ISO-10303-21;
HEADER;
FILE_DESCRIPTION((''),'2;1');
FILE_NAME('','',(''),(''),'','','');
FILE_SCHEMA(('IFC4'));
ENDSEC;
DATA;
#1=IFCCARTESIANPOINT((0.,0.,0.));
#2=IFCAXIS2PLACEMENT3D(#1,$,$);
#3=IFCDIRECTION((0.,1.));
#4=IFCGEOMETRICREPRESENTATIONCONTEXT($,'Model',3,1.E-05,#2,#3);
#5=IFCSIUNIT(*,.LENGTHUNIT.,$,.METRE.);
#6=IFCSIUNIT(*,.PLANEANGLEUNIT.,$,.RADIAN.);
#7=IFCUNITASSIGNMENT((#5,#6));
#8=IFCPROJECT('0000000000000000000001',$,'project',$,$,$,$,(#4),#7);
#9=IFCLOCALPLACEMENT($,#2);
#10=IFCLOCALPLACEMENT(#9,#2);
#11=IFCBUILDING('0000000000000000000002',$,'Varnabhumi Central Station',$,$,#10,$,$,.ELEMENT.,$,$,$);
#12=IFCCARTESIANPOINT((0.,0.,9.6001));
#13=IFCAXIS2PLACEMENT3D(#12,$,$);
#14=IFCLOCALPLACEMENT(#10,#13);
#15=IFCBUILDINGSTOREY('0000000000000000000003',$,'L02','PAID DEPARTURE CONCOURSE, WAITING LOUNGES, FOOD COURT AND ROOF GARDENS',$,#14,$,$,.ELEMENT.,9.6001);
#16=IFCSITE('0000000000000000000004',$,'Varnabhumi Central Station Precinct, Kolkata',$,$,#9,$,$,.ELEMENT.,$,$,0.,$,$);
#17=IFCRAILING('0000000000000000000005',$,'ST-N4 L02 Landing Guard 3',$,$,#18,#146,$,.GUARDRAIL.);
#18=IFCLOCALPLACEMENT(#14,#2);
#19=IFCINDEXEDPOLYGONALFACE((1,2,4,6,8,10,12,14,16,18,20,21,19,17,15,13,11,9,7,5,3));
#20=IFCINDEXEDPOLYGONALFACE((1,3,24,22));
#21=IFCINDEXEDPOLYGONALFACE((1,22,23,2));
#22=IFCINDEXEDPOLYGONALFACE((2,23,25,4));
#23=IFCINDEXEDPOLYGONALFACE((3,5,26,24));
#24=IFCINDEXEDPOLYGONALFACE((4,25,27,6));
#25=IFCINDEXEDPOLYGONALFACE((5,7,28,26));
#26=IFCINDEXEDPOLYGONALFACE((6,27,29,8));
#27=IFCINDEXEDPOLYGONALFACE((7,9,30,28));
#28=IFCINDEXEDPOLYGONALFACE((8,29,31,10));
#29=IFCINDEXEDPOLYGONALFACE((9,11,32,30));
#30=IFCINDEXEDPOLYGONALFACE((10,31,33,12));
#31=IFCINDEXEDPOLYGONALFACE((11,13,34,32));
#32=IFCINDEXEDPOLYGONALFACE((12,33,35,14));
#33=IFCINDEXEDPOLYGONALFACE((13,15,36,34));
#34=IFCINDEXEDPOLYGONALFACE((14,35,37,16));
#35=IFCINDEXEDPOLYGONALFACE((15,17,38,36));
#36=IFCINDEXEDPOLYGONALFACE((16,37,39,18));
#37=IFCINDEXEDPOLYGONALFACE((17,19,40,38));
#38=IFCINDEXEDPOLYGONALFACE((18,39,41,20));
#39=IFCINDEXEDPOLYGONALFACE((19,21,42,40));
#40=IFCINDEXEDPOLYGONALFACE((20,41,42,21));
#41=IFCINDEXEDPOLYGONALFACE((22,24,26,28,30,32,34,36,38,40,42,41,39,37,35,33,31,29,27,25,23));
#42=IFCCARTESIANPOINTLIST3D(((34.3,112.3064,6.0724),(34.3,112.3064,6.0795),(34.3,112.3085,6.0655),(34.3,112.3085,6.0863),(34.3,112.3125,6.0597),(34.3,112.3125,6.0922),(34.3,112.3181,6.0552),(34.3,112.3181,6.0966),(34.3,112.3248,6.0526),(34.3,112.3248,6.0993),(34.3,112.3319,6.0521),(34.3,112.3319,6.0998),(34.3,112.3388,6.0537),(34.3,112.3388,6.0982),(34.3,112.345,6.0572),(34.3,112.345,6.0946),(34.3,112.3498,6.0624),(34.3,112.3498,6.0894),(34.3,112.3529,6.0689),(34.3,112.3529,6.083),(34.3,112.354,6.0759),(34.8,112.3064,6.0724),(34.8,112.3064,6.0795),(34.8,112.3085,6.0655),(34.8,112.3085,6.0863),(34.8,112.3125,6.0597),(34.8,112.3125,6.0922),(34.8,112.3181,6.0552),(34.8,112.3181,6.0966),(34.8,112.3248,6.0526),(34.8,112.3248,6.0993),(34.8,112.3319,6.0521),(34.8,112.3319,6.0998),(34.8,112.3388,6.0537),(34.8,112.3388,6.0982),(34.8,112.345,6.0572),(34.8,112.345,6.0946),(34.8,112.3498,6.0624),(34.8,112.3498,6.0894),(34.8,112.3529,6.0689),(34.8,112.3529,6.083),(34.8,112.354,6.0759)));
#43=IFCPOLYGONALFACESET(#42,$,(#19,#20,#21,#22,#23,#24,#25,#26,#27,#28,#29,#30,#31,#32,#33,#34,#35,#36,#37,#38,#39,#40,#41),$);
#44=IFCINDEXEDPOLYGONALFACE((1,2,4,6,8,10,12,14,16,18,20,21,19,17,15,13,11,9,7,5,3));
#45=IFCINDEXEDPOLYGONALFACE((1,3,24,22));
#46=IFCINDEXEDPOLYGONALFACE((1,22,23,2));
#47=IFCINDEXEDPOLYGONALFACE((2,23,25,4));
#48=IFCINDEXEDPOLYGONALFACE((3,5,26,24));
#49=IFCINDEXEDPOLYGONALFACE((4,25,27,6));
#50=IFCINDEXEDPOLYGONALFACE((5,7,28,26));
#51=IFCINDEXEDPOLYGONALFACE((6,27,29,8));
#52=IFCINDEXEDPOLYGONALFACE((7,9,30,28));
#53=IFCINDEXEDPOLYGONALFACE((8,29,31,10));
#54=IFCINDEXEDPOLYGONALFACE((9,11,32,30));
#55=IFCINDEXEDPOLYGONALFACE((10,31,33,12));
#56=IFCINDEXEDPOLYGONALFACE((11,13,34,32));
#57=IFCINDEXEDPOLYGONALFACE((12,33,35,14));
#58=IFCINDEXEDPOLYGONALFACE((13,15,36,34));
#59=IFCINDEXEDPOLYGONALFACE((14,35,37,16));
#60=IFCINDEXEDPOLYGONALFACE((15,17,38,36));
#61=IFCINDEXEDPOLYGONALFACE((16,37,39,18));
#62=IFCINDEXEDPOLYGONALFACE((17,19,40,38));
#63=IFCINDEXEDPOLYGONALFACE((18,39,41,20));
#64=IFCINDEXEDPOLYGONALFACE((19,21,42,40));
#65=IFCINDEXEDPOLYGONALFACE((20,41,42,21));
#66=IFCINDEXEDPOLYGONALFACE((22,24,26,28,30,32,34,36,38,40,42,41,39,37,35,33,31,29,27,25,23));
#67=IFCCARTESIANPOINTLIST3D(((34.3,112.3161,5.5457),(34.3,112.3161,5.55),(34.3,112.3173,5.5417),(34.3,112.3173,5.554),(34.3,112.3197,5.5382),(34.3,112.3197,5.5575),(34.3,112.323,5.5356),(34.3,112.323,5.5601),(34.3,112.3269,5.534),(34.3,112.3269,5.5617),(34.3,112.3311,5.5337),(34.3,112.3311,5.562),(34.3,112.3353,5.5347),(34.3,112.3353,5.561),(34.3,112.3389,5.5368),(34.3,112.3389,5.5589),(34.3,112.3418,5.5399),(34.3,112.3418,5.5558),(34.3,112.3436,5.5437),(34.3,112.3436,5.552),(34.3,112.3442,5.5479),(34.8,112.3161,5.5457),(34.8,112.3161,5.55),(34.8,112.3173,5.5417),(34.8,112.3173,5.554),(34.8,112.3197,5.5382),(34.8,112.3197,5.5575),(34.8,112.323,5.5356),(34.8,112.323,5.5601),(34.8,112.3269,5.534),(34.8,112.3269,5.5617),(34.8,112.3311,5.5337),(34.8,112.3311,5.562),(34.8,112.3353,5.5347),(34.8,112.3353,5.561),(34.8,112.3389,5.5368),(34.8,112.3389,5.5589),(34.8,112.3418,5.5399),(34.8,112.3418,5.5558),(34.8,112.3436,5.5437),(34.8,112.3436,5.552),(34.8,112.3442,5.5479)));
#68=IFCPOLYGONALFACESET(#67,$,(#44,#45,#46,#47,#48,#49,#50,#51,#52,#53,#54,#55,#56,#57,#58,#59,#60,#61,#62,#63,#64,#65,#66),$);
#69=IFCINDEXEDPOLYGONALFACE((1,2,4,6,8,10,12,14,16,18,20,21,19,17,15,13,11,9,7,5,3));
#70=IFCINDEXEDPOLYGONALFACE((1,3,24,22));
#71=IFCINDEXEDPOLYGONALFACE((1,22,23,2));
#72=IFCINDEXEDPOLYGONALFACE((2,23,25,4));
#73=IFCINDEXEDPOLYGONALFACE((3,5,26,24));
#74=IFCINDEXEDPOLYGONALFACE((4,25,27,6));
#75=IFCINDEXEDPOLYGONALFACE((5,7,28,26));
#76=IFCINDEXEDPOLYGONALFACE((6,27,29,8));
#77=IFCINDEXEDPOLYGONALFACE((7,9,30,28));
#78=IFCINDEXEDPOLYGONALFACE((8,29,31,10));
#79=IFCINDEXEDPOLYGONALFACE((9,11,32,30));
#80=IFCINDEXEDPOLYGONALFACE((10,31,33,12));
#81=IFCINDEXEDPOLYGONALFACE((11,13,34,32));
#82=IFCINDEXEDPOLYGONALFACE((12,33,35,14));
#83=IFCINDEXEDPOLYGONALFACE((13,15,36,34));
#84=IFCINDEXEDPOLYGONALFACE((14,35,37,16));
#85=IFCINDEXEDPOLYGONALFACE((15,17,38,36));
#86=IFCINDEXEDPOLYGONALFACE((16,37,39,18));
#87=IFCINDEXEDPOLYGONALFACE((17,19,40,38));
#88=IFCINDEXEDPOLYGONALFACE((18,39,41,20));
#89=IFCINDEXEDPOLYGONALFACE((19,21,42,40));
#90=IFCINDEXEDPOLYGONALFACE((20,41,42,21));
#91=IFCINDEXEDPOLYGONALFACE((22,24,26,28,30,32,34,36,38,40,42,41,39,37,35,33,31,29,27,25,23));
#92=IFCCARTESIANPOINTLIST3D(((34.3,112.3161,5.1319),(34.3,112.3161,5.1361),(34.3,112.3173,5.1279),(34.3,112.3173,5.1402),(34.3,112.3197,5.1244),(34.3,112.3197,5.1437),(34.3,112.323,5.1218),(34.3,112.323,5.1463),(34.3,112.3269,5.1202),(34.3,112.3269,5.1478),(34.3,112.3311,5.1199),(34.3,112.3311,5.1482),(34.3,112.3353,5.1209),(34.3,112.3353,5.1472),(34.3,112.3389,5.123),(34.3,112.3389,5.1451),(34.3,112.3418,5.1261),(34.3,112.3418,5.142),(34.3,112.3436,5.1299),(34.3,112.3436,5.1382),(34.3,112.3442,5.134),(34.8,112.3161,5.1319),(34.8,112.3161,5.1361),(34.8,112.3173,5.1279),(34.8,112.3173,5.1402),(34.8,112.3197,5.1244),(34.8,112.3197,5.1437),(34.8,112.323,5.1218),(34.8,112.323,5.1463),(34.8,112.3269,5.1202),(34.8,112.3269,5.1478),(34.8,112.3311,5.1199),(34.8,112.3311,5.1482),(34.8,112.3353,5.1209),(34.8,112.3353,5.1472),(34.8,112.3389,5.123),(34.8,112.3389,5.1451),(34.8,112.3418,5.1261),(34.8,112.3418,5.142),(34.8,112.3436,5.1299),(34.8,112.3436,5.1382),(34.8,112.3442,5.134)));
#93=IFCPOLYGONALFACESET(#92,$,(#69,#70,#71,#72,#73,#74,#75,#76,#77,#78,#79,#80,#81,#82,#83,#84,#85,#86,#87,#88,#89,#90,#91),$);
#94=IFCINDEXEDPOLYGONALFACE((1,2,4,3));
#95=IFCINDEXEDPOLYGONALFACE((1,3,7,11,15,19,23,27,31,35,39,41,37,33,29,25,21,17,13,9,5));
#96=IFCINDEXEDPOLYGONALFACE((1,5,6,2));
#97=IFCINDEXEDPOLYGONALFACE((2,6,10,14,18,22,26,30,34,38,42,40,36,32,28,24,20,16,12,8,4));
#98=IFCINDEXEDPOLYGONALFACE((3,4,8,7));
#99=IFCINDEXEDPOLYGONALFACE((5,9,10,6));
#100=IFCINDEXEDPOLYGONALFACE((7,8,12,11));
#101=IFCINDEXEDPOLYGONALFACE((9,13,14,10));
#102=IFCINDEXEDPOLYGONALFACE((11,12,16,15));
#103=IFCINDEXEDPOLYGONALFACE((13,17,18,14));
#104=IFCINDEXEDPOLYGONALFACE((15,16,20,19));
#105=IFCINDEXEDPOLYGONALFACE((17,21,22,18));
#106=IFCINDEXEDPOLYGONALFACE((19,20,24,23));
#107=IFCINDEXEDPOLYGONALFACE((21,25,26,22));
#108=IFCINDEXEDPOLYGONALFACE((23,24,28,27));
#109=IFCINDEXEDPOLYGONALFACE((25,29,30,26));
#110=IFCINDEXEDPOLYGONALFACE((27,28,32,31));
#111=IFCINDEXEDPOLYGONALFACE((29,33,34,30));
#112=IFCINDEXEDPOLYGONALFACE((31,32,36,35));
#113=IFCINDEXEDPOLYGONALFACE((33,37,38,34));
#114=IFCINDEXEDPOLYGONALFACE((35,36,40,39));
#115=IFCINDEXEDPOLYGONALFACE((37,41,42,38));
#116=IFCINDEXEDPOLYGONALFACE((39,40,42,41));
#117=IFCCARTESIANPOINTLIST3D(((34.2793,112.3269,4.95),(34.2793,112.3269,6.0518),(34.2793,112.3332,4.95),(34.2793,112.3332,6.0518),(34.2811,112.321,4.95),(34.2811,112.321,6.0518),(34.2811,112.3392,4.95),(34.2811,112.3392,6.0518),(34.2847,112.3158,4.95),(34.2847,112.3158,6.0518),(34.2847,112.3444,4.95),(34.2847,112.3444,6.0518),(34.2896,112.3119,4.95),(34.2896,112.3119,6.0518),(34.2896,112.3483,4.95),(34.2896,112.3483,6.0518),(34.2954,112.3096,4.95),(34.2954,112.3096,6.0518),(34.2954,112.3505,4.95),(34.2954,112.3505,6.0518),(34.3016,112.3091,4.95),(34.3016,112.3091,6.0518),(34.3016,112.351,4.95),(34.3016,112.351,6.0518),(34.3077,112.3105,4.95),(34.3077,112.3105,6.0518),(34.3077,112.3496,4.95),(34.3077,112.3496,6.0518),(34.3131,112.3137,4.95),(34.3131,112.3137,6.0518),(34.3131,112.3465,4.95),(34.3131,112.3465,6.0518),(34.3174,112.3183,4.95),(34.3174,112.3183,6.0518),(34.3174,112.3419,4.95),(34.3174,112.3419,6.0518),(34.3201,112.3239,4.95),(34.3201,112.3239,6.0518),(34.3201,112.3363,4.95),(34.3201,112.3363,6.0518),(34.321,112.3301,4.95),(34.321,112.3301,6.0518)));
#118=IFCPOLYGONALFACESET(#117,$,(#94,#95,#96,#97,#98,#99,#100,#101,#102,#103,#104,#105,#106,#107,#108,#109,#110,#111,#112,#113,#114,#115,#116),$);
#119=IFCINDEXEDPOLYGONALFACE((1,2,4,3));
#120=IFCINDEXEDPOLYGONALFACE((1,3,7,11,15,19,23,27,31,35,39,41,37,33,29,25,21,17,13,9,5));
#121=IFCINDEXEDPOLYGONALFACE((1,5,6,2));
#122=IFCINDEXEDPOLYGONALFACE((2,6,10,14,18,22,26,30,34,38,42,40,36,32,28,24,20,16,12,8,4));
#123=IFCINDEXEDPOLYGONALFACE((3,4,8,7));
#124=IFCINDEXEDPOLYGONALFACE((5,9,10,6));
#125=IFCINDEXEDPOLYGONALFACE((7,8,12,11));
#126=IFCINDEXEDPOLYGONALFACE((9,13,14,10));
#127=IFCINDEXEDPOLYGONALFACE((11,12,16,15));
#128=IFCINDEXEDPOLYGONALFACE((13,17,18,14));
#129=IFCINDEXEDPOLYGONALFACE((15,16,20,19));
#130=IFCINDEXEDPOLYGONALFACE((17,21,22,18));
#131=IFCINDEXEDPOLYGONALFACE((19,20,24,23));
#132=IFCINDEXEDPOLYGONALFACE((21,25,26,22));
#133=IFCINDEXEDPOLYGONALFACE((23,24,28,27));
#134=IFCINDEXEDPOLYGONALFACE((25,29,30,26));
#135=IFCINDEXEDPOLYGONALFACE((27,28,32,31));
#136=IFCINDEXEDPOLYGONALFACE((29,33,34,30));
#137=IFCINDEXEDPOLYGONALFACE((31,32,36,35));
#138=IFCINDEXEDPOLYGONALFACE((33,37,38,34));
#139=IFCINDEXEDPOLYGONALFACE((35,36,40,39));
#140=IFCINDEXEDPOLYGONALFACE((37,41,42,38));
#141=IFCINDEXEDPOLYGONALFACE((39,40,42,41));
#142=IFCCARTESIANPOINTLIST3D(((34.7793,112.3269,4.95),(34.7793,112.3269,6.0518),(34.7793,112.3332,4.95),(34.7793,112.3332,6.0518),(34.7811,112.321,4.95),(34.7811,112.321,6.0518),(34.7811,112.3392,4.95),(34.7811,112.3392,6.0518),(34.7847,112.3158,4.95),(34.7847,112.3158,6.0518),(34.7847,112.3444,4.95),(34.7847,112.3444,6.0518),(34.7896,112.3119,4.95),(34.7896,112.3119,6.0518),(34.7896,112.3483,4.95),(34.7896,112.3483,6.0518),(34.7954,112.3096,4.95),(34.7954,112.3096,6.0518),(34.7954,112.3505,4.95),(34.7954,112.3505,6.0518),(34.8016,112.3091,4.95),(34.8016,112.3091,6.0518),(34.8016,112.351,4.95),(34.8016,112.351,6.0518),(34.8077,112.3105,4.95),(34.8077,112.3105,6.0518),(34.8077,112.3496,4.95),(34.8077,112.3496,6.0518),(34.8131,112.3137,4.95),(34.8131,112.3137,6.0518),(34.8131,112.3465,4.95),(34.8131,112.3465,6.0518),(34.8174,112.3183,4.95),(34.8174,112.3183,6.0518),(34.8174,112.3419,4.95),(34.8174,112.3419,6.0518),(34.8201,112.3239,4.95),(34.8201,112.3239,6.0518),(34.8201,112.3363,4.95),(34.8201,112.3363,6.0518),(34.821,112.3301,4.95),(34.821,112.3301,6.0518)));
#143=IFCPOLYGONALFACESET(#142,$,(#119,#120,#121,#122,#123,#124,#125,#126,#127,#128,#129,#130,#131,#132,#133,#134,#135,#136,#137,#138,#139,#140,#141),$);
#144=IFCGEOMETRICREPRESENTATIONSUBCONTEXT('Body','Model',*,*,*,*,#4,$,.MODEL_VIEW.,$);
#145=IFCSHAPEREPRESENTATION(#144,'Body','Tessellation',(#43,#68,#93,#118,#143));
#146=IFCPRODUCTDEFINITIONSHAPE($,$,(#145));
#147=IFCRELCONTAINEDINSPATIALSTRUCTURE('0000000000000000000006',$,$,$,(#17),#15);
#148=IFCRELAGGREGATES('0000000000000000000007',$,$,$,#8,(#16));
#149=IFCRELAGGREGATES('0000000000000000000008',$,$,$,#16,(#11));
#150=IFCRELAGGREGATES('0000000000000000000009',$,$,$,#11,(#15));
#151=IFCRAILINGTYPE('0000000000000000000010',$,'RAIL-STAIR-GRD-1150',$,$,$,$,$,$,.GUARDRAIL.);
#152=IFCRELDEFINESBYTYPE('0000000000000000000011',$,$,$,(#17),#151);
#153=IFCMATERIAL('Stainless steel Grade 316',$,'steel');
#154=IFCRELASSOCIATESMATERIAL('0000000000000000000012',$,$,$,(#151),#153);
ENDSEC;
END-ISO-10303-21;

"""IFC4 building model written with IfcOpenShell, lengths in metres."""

from ifc_helpers import new_model, si_unit, direction, frame, origin, origin_2d, place, context, subcontext, project, spatial, circle, extrude, material, type_object, element, save


model = new_model("IFC4")

# Units and contexts
model_context = context("Model", 3, precision=1e-05, world=origin(), true_north=direction((0.0, 1.0)))
body_context = subcontext(model_context, "Body", "Model", "MODEL_VIEW")
ifc_project = project(units=[si_unit("LENGTHUNIT", "METRE"), si_unit("PLANEANGLEUNIT", "RADIAN")], contexts=[model_context])

# Site, building, storey
site_placement = place(None, origin())
site = spatial("IfcSite", under=ifc_project, at=site_placement, Name="Varnabhumi Central Station Precinct, Kolkata", CompositionType="ELEMENT", RefElevation=0.0)
building_placement = place(site_placement, origin())
building = spatial("IfcBuilding", under=site, at=building_placement, Name="Varnabhumi Central Station", CompositionType="ELEMENT")
storey_placement = place(building_placement, frame((0.0, 0.0, 9.6001)))
storey = spatial("IfcBuildingStorey", under=building, at=storey_placement, Name="L02", Description="PAID DEPARTURE CONCOURSE, WAITING LOUNGES, FOOD COURT AND ROOF GARDENS", CompositionType="ELEMENT", Elevation=9.6001)

# Shared definitions
ifc_material_1 = material(Name="Stainless steel Grade 316", Category="steel")

# Railing
railing_type_1 = type_object("IfcRailingType", Name="RAIL-STAIR-GRD-1150", PredefinedType="GUARDRAIL", material=ifc_material_1)
for number, where, name in (
    (1, (34.3, 112.3301, 4.95), "ST-N4 L02 Landing Guard 3"),
):
    element("IfcRailing", number, at=place(storey_placement, frame(where)), inside=storey, type_object=railing_type_1, Name=name, PredefinedType="GUARDRAIL", context=body_context, shape_type="SweptSolid", body=[
        extrude(circle(Radius=0.0239, at=origin_2d()), frame((0.0, 0.0, 1.126), z_axis=(1.0, 0.0, 0.0), x_axis=(0.0, 1.0, 0.0)), (0.0, 0.0, 1.0), 0.5),
        extrude(circle(Radius=0.0142, at=origin_2d()), frame((0.0, 0.0, 0.5979), z_axis=(1.0, 0.0, 0.0), x_axis=(0.0, 1.0, 0.0)), (0.0, 0.0, 1.0), 0.5),
        extrude(circle(Radius=0.0142, at=origin_2d()), frame((0.0, 0.0, 0.1841), z_axis=(1.0, 0.0, 0.0), x_axis=(0.0, 1.0, 0.0)), (0.0, 0.0, 1.0), 0.5),
        extrude(circle(Radius=0.021, at=origin_2d()), origin(), (0.0, 0.0, 1.0), 1.1018),
        extrude(circle(Radius=0.021, at=origin_2d()), frame((0.5, 0.0, 0.0)), (0.0, 0.0, 1.0), 1.1018),
    ])

save(model, "model.ifc")
